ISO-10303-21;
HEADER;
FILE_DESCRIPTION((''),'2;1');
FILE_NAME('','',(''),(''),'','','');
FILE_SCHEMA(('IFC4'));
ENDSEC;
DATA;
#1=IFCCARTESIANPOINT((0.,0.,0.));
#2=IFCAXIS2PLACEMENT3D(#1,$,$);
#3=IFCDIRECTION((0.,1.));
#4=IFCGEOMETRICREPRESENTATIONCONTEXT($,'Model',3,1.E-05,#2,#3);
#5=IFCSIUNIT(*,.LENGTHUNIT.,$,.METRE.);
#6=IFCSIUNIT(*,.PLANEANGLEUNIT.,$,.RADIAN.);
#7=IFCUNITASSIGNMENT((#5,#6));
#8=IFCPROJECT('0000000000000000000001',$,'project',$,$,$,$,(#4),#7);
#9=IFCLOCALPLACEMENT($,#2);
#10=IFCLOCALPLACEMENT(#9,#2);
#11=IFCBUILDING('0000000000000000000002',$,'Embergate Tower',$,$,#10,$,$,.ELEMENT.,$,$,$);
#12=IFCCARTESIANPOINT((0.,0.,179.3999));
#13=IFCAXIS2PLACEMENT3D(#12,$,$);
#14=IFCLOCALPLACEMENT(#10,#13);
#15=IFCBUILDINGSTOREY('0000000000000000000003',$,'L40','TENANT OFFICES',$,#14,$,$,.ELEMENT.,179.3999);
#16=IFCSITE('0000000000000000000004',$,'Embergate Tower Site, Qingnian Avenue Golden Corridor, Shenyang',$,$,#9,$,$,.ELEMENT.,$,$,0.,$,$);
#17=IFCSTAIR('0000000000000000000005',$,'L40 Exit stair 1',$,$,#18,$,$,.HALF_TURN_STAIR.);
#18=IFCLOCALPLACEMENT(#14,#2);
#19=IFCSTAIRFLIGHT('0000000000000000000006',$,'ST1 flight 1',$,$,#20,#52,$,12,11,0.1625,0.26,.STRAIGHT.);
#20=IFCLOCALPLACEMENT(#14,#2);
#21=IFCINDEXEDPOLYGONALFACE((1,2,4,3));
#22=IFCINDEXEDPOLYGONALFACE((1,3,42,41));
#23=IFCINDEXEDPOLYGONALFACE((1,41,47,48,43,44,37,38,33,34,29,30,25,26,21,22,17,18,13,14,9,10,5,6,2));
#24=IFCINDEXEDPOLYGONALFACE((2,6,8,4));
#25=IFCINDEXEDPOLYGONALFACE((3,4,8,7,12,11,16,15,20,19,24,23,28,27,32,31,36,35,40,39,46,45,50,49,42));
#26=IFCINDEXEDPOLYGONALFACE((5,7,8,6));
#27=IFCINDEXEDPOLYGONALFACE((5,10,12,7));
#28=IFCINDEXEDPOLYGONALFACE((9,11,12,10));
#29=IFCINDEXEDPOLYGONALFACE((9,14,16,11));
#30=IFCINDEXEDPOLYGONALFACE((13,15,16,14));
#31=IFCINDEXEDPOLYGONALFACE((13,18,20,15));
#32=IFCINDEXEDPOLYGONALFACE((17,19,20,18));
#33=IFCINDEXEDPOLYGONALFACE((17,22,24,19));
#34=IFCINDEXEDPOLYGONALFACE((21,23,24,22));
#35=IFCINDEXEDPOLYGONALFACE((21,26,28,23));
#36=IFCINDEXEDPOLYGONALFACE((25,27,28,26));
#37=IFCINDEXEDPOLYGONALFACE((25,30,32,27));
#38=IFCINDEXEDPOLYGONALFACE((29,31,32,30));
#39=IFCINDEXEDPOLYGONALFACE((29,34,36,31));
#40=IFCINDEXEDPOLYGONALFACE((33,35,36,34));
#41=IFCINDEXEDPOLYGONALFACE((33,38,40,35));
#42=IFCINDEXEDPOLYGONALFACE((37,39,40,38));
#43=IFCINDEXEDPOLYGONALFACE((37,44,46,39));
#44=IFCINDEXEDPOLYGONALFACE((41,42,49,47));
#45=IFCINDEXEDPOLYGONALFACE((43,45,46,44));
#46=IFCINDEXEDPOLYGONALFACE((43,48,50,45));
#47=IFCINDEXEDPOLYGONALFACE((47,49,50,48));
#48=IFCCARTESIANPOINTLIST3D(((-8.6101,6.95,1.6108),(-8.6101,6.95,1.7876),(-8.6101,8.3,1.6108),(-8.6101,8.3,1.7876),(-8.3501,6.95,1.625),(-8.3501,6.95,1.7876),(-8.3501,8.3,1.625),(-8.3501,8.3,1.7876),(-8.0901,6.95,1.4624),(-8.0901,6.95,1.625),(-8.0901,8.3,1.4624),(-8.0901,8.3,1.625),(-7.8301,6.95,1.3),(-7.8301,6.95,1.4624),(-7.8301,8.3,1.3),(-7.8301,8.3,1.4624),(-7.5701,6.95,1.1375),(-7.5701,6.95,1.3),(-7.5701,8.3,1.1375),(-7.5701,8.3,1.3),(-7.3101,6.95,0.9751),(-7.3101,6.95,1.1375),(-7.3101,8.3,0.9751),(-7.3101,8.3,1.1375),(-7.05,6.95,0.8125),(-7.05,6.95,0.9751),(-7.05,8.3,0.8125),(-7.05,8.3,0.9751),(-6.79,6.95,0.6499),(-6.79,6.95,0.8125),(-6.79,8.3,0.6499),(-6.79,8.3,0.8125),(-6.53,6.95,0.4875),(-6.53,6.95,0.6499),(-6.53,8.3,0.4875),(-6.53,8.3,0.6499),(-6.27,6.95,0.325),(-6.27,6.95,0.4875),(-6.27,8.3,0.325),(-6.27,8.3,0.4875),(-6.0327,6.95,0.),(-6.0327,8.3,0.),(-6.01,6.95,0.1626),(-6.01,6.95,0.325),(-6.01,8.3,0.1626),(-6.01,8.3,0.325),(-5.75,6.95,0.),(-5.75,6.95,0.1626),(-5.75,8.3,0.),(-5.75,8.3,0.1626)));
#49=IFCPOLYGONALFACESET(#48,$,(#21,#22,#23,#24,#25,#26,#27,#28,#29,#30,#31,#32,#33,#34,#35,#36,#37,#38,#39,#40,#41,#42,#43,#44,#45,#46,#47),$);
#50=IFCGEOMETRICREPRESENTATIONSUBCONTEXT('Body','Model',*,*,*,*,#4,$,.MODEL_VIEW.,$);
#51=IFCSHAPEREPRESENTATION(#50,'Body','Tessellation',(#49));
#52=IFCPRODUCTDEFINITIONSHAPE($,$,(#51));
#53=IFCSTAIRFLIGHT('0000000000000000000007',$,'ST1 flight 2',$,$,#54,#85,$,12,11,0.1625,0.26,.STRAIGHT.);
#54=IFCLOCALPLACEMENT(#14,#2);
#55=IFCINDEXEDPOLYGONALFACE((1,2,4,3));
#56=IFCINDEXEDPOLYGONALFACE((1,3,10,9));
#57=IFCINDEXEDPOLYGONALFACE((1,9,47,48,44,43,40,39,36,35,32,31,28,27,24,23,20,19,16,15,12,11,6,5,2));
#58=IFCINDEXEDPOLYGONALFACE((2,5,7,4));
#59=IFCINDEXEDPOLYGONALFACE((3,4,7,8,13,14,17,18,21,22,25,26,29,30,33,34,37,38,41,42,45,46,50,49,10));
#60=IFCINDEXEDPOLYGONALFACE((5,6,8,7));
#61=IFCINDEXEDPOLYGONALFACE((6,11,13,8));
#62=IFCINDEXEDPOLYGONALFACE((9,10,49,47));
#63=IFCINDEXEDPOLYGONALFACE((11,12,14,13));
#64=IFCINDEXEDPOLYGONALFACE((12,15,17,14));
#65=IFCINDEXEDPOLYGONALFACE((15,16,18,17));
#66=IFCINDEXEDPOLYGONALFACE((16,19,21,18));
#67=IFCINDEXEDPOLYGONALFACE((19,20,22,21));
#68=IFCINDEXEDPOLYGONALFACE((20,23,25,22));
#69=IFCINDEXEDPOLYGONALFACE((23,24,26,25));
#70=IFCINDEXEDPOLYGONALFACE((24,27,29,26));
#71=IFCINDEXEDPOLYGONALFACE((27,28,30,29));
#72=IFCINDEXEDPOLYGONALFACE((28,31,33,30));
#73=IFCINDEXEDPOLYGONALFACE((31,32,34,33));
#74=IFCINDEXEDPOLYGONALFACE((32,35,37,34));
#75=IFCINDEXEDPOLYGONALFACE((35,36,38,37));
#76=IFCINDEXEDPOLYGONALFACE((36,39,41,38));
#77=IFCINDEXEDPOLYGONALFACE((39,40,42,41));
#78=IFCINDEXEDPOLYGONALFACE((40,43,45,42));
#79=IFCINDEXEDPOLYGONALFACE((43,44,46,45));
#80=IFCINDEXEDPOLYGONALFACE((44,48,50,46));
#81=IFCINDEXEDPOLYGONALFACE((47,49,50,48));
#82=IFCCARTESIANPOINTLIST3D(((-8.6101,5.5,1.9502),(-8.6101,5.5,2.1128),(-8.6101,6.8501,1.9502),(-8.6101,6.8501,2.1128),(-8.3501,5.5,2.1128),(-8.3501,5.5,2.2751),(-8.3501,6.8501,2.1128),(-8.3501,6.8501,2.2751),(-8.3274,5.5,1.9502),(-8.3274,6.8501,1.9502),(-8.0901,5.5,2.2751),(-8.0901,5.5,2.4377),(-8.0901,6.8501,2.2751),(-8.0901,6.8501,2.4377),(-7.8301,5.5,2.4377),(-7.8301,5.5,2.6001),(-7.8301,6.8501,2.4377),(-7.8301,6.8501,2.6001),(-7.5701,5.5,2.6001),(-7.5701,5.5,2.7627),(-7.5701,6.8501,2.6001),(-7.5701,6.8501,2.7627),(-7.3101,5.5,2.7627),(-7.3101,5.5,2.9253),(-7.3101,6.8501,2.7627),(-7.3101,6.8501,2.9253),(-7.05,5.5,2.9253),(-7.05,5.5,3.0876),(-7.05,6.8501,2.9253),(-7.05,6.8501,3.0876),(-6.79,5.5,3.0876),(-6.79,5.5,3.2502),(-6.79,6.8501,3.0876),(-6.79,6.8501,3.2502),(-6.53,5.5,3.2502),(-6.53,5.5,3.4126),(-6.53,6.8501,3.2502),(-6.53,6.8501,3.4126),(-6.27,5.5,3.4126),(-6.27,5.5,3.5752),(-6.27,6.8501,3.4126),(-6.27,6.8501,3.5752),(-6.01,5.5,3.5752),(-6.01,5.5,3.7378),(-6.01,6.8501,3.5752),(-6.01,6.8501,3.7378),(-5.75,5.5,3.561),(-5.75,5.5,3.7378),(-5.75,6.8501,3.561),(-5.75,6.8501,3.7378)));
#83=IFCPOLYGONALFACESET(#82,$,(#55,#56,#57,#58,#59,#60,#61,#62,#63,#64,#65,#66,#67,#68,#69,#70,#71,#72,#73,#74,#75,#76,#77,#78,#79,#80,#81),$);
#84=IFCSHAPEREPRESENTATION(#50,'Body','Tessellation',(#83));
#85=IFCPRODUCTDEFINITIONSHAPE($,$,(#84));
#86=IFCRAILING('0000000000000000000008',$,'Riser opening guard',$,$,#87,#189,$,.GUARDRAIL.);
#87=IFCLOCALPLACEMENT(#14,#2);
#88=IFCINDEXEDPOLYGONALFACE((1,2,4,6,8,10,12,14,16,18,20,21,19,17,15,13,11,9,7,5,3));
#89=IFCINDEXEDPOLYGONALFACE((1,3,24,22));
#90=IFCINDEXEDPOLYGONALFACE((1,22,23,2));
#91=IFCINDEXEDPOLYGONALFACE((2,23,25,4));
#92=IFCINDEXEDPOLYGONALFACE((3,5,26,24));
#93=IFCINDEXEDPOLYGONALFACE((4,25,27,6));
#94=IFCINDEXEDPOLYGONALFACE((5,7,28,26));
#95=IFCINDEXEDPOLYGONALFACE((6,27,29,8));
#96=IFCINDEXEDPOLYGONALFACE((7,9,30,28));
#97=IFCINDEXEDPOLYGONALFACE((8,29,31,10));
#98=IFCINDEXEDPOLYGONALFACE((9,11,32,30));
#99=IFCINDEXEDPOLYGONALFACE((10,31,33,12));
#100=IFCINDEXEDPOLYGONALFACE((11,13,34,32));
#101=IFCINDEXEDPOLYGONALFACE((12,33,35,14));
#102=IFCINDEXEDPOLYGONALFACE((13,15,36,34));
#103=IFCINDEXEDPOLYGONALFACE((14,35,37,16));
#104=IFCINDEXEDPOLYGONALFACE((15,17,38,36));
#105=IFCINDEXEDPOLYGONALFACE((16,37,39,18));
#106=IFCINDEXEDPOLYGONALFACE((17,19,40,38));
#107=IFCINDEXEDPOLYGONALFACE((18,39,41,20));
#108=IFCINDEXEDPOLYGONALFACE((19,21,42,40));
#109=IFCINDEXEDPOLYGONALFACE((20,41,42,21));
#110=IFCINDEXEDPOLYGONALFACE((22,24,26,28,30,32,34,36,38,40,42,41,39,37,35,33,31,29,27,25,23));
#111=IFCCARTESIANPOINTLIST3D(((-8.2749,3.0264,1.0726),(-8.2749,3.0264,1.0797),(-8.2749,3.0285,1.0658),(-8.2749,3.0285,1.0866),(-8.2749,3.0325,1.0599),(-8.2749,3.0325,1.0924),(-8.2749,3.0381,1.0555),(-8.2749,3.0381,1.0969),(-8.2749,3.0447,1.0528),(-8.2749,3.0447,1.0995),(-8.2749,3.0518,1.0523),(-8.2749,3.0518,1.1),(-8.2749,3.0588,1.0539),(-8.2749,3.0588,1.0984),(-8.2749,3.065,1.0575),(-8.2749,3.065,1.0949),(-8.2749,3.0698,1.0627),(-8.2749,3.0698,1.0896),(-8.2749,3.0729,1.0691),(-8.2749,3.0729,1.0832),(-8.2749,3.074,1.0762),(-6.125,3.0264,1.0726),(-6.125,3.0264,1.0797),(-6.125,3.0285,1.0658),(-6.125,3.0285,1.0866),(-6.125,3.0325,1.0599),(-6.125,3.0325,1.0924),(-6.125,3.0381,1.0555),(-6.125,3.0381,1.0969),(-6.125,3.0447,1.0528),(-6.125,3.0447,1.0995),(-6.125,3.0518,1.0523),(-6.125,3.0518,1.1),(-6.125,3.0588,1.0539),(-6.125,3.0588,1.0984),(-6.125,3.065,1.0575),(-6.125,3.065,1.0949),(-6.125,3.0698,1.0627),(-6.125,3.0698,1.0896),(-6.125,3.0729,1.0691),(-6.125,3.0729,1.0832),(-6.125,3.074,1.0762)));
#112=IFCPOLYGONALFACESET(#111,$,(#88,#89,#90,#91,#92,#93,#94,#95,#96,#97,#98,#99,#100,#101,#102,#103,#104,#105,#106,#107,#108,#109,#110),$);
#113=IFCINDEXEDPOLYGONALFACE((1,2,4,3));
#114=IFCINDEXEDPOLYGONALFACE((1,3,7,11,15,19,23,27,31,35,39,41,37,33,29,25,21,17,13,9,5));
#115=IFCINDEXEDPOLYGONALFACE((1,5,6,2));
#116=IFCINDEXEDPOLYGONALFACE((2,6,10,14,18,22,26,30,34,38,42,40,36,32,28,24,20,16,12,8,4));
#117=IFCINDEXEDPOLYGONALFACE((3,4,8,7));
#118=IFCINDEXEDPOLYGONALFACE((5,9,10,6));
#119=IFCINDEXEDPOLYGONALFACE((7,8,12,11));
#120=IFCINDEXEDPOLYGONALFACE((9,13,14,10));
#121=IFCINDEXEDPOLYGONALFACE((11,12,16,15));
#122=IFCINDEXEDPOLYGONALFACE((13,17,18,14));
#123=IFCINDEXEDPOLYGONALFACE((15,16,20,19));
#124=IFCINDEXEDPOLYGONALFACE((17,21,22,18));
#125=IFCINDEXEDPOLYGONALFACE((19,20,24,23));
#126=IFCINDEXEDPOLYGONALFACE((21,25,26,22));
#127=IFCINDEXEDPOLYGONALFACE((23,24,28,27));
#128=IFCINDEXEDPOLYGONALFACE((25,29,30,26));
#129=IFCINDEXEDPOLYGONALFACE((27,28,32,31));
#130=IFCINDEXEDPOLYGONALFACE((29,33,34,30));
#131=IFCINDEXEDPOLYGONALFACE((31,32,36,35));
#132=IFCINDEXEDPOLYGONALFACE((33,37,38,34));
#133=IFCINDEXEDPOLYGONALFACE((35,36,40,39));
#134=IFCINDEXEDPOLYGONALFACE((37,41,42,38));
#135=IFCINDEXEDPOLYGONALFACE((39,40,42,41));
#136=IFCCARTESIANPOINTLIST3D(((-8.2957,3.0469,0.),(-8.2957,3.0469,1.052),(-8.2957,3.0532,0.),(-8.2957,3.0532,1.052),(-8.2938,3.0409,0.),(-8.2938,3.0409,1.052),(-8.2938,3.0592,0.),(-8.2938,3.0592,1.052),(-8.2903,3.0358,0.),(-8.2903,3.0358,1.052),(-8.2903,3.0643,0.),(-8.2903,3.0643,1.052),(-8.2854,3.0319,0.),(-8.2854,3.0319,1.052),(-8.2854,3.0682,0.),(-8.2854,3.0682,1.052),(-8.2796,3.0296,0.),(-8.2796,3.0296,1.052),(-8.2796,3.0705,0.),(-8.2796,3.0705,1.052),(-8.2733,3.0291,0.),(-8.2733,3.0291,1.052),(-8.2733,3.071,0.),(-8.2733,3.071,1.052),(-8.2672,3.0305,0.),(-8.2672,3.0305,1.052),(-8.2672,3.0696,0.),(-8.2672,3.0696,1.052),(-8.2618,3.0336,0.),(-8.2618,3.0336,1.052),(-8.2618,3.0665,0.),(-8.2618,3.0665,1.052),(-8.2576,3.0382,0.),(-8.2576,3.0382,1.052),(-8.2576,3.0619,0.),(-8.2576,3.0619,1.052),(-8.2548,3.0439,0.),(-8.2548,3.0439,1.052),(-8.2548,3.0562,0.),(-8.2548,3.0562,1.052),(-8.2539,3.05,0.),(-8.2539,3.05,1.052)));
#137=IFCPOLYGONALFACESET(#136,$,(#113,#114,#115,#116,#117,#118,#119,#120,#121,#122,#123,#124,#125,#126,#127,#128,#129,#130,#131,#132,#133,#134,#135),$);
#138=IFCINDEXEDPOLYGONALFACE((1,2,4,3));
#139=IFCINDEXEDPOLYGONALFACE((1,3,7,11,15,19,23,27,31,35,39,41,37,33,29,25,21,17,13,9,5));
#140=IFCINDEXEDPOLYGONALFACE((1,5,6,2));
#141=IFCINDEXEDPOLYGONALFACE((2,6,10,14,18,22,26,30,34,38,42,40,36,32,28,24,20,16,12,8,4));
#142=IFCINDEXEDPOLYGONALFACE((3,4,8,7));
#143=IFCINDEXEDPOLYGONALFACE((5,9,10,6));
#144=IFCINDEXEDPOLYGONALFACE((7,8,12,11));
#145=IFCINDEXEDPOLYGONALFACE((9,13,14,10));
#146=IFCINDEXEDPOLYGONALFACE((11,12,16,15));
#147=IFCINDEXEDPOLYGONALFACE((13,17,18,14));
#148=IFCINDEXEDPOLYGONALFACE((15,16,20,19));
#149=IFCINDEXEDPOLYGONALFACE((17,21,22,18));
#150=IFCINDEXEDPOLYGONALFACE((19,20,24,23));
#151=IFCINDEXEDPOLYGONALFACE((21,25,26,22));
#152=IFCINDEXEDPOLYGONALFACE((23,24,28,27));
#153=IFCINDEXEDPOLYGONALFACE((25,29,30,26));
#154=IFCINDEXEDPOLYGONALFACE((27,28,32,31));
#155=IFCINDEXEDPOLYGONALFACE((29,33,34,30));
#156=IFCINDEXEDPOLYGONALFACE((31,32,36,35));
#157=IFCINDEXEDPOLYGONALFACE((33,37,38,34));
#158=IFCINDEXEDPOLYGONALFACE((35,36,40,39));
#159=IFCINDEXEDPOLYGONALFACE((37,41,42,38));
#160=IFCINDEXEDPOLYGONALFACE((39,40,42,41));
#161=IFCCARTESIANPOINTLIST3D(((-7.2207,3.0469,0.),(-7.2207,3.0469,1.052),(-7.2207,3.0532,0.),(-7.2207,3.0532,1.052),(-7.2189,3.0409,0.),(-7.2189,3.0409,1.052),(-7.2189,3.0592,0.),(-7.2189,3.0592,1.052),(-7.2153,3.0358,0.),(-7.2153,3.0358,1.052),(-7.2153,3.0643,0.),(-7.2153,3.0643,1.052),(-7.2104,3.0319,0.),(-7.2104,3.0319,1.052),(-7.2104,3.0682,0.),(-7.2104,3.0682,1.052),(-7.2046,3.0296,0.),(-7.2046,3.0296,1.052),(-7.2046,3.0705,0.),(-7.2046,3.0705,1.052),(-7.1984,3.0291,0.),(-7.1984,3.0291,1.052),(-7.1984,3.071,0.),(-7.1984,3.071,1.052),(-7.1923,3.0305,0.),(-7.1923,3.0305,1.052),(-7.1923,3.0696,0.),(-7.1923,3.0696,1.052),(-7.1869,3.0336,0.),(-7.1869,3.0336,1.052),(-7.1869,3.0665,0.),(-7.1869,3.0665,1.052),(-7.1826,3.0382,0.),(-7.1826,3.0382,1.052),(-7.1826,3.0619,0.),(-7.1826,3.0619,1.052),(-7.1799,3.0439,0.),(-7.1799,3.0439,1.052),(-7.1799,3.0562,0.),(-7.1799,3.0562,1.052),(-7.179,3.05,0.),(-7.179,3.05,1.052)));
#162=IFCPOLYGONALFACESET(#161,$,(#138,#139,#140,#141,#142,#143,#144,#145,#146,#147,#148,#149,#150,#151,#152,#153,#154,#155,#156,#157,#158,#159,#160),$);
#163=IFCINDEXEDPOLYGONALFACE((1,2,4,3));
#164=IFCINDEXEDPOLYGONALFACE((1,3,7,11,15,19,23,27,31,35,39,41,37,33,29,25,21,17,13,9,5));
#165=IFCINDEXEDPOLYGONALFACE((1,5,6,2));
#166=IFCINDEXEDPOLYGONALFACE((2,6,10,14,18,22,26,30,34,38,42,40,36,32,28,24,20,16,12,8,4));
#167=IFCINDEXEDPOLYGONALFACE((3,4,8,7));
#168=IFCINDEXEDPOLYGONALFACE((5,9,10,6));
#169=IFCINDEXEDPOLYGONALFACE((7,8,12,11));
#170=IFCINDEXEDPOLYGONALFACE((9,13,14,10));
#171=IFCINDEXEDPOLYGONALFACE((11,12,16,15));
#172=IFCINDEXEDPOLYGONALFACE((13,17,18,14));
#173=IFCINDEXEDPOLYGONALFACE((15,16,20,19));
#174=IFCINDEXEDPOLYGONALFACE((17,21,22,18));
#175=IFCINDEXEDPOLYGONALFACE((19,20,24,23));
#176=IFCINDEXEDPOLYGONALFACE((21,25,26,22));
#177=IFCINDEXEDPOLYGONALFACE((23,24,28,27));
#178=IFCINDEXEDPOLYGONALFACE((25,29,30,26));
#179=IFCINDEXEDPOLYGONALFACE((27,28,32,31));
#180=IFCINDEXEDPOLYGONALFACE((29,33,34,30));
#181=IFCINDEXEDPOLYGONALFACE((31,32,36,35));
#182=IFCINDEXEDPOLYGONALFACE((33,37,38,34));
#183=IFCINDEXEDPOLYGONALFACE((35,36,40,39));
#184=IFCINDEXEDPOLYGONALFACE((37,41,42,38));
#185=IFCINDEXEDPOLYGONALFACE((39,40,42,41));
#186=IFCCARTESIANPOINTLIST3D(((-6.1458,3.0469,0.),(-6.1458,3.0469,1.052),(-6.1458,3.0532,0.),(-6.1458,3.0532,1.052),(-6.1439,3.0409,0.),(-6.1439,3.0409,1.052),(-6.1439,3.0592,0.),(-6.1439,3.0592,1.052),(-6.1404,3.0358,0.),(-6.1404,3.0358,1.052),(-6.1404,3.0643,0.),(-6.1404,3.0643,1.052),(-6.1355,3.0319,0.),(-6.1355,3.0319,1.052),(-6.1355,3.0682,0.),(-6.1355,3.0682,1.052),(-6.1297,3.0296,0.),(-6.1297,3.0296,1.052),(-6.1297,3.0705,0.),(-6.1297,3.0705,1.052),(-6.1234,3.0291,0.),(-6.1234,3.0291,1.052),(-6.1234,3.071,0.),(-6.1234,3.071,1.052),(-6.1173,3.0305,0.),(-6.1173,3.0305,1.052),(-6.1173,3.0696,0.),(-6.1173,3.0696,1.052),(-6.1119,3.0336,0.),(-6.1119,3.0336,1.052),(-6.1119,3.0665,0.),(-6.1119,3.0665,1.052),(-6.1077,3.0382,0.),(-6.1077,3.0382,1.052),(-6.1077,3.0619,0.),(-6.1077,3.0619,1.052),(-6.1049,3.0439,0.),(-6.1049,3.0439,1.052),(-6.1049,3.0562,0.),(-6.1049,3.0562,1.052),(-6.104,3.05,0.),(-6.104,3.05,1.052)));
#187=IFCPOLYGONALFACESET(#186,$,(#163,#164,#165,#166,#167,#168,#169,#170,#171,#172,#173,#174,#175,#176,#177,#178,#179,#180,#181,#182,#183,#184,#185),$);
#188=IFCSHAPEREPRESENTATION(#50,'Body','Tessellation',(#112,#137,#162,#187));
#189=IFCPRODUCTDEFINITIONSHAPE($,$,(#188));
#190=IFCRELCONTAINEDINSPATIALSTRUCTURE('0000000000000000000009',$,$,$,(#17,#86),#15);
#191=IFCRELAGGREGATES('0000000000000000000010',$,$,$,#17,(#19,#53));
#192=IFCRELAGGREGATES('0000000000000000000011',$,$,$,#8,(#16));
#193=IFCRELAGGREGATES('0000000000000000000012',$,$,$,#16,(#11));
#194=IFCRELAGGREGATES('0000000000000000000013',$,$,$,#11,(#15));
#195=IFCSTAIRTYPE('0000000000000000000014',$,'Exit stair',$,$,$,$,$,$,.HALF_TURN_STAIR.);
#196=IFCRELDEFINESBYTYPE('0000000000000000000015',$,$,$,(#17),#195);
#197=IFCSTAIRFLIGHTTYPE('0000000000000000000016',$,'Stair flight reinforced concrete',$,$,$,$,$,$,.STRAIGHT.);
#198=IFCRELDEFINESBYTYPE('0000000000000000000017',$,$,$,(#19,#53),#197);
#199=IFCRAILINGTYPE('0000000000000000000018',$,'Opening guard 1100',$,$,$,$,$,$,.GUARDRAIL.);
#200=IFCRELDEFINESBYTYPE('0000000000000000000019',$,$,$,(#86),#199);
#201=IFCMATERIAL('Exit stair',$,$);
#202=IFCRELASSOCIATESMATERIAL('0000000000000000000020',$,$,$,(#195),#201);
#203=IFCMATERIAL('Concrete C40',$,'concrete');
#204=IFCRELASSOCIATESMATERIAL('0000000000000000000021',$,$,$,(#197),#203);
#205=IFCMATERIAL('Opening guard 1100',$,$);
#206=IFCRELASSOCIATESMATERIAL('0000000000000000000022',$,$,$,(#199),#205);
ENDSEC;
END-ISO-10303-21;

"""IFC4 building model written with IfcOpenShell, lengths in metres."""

from ifc_helpers import new_model, si_unit, direction, frame, origin, origin_2d, place, context, subcontext, project, spatial, polyline, circle, outline, extrude, source, transform, mapped, material, type_object, element, aggregate, save


model = new_model("IFC4")

# Units and contexts
model_context = context("Model", 3, precision=1e-05, world=origin(), true_north=direction((0.0, 1.0)))
body_context = subcontext(model_context, "Body", "Model", "MODEL_VIEW")
ifc_project = project(units=[si_unit("LENGTHUNIT", "METRE"), si_unit("PLANEANGLEUNIT", "RADIAN")], contexts=[model_context])

# Site, building, storey
site_placement = place(None, origin())
site = spatial("IfcSite", under=ifc_project, at=site_placement, Name="Embergate Tower Site, Qingnian Avenue Golden Corridor, Shenyang", CompositionType="ELEMENT", RefElevation=0.0)
building_placement = place(site_placement, origin())
building = spatial("IfcBuilding", under=site, at=building_placement, Name="Embergate Tower", CompositionType="ELEMENT")
storey_placement = place(building_placement, frame((0.0, 0.0, 179.3999)))
storey = spatial("IfcBuildingStorey", under=building, at=storey_placement, Name="L40", Description="TENANT OFFICES", CompositionType="ELEMENT", Elevation=179.3999)

# Stair
ifc_material_1 = material(Name="Exit stair")
stair_type = type_object("IfcStairType", Name="Exit stair", PredefinedType="HALF_TURN_STAIR", material=ifc_material_1)
stair_placement = place(storey_placement, origin())
stair = element("IfcStair", 1, at=stair_placement, inside=storey, type_object=stair_type, Name="L40 Exit stair 1", PredefinedType="HALF_TURN_STAIR")
ifc_material_2 = material(Name="Concrete C40", Category="concrete")

# Stair flights
stair_flight_type = type_object("IfcStairFlightType", Name="Stair flight reinforced concrete", PredefinedType="STRAIGHT", material=ifc_material_2)
shared_shape_1 = source(origin(), body_context, "Body", "SweptSolid", [
    extrude(outline(polyline([(0.0, 0.0), (0.0, 0.1626), (0.26, 0.1626), (0.26, 0.325), (0.52, 0.325), (0.52, 0.4875), (0.78, 0.4875), (0.78, 0.6499), (1.04, 0.6499), (1.04, 0.8125), (1.3, 0.8125), (1.3, 0.9751), (1.5601, 0.9751), (1.5601, 1.1375), (1.8201, 1.1375), (1.8201, 1.3), (2.0801, 1.3), (2.0801, 1.4624), (2.3401, 1.4624), (2.3401, 1.625), (2.6001, 1.625), (2.6001, 1.7876), (2.8601, 1.7876), (2.8601, 1.95), (2.8601, 1.6108), (0.2827, 0.0), (0.0, 0.0)])), frame((0.0, 0.675, 0.0), z_axis=(0.0, -1.0, 0.0), x_axis=(1.0, 0.0, 0.0)), (0.0, 0.0, 1.0), 1.3501),
])
stair_flight_1_placement = place(storey_placement, frame((-5.75, 7.625, 0.0), z_axis=(0.0, 0.0, 1.0), x_axis=(-1.0, 0.0, 0.0)))
stair_flight_1 = element("IfcStairFlight", 2, at=stair_flight_1_placement, type_object=stair_flight_type, Name="ST1 flight 1", NumberOfRisers=12, NumberOfTreads=11, PredefinedType="STRAIGHT", RiserHeight=0.1625, TreadLength=0.26, context=body_context, shape_type="MappedRepresentation", body=[
    mapped(shared_shape_1, transform((0.0, 0.0, 0.0))),
])
stair_flight_2_placement = place(storey_placement, frame((-8.6101, 6.175, 1.9502), z_axis=(0.0, 0.0, 1.0), x_axis=(1.0, 0.0, 0.0)))
stair_flight_2 = element("IfcStairFlight", 3, at=stair_flight_2_placement, type_object=stair_flight_type, Name="ST1 flight 2", NumberOfRisers=12, NumberOfTreads=11, PredefinedType="STRAIGHT", RiserHeight=0.1625, TreadLength=0.26, context=body_context, shape_type="MappedRepresentation", body=[
    mapped(shared_shape_1, transform((0.0, 0.0, 0.0))),
])
aggregate(stair, [stair_flight_1, stair_flight_2])

# Railing
ifc_material_3 = material(Name="Opening guard 1100")
railing_type = type_object("IfcRailingType", Name="Opening guard 1100", PredefinedType="GUARDRAIL", material=ifc_material_3)
shared_shape_2 = source(origin(), body_context, "Body", "SweptSolid", [
    extrude(circle(Radius=0.0239, at=origin_2d()), frame((0.0, 0.0, 1.0762), z_axis=(1.0, 0.0, 0.0), x_axis=(0.0, 1.0, 0.0)), (0.0, 0.0, 1.0), 2.1499),
    extrude(circle(Radius=0.021, at=origin_2d()), origin(), (0.0, 0.0, 1.0), 1.052),
    extrude(circle(Radius=0.021, at=origin_2d()), frame((1.075, 0.0, 0.0)), (0.0, 0.0, 1.0), 1.052),
    extrude(circle(Radius=0.021, at=origin_2d()), frame((2.1499, 0.0, 0.0)), (0.0, 0.0, 1.0), 1.052),
])
railing_placement = place(storey_placement, frame((-8.2749, 3.05, 0.0)))
element("IfcRailing", 4, at=railing_placement, inside=storey, type_object=railing_type, Name="Riser opening guard", PredefinedType="GUARDRAIL", context=body_context, shape_type="MappedRepresentation", body=[
    mapped(shared_shape_2, transform((0.0, 0.0, 0.0))),
])

save(model, "model.ifc")
